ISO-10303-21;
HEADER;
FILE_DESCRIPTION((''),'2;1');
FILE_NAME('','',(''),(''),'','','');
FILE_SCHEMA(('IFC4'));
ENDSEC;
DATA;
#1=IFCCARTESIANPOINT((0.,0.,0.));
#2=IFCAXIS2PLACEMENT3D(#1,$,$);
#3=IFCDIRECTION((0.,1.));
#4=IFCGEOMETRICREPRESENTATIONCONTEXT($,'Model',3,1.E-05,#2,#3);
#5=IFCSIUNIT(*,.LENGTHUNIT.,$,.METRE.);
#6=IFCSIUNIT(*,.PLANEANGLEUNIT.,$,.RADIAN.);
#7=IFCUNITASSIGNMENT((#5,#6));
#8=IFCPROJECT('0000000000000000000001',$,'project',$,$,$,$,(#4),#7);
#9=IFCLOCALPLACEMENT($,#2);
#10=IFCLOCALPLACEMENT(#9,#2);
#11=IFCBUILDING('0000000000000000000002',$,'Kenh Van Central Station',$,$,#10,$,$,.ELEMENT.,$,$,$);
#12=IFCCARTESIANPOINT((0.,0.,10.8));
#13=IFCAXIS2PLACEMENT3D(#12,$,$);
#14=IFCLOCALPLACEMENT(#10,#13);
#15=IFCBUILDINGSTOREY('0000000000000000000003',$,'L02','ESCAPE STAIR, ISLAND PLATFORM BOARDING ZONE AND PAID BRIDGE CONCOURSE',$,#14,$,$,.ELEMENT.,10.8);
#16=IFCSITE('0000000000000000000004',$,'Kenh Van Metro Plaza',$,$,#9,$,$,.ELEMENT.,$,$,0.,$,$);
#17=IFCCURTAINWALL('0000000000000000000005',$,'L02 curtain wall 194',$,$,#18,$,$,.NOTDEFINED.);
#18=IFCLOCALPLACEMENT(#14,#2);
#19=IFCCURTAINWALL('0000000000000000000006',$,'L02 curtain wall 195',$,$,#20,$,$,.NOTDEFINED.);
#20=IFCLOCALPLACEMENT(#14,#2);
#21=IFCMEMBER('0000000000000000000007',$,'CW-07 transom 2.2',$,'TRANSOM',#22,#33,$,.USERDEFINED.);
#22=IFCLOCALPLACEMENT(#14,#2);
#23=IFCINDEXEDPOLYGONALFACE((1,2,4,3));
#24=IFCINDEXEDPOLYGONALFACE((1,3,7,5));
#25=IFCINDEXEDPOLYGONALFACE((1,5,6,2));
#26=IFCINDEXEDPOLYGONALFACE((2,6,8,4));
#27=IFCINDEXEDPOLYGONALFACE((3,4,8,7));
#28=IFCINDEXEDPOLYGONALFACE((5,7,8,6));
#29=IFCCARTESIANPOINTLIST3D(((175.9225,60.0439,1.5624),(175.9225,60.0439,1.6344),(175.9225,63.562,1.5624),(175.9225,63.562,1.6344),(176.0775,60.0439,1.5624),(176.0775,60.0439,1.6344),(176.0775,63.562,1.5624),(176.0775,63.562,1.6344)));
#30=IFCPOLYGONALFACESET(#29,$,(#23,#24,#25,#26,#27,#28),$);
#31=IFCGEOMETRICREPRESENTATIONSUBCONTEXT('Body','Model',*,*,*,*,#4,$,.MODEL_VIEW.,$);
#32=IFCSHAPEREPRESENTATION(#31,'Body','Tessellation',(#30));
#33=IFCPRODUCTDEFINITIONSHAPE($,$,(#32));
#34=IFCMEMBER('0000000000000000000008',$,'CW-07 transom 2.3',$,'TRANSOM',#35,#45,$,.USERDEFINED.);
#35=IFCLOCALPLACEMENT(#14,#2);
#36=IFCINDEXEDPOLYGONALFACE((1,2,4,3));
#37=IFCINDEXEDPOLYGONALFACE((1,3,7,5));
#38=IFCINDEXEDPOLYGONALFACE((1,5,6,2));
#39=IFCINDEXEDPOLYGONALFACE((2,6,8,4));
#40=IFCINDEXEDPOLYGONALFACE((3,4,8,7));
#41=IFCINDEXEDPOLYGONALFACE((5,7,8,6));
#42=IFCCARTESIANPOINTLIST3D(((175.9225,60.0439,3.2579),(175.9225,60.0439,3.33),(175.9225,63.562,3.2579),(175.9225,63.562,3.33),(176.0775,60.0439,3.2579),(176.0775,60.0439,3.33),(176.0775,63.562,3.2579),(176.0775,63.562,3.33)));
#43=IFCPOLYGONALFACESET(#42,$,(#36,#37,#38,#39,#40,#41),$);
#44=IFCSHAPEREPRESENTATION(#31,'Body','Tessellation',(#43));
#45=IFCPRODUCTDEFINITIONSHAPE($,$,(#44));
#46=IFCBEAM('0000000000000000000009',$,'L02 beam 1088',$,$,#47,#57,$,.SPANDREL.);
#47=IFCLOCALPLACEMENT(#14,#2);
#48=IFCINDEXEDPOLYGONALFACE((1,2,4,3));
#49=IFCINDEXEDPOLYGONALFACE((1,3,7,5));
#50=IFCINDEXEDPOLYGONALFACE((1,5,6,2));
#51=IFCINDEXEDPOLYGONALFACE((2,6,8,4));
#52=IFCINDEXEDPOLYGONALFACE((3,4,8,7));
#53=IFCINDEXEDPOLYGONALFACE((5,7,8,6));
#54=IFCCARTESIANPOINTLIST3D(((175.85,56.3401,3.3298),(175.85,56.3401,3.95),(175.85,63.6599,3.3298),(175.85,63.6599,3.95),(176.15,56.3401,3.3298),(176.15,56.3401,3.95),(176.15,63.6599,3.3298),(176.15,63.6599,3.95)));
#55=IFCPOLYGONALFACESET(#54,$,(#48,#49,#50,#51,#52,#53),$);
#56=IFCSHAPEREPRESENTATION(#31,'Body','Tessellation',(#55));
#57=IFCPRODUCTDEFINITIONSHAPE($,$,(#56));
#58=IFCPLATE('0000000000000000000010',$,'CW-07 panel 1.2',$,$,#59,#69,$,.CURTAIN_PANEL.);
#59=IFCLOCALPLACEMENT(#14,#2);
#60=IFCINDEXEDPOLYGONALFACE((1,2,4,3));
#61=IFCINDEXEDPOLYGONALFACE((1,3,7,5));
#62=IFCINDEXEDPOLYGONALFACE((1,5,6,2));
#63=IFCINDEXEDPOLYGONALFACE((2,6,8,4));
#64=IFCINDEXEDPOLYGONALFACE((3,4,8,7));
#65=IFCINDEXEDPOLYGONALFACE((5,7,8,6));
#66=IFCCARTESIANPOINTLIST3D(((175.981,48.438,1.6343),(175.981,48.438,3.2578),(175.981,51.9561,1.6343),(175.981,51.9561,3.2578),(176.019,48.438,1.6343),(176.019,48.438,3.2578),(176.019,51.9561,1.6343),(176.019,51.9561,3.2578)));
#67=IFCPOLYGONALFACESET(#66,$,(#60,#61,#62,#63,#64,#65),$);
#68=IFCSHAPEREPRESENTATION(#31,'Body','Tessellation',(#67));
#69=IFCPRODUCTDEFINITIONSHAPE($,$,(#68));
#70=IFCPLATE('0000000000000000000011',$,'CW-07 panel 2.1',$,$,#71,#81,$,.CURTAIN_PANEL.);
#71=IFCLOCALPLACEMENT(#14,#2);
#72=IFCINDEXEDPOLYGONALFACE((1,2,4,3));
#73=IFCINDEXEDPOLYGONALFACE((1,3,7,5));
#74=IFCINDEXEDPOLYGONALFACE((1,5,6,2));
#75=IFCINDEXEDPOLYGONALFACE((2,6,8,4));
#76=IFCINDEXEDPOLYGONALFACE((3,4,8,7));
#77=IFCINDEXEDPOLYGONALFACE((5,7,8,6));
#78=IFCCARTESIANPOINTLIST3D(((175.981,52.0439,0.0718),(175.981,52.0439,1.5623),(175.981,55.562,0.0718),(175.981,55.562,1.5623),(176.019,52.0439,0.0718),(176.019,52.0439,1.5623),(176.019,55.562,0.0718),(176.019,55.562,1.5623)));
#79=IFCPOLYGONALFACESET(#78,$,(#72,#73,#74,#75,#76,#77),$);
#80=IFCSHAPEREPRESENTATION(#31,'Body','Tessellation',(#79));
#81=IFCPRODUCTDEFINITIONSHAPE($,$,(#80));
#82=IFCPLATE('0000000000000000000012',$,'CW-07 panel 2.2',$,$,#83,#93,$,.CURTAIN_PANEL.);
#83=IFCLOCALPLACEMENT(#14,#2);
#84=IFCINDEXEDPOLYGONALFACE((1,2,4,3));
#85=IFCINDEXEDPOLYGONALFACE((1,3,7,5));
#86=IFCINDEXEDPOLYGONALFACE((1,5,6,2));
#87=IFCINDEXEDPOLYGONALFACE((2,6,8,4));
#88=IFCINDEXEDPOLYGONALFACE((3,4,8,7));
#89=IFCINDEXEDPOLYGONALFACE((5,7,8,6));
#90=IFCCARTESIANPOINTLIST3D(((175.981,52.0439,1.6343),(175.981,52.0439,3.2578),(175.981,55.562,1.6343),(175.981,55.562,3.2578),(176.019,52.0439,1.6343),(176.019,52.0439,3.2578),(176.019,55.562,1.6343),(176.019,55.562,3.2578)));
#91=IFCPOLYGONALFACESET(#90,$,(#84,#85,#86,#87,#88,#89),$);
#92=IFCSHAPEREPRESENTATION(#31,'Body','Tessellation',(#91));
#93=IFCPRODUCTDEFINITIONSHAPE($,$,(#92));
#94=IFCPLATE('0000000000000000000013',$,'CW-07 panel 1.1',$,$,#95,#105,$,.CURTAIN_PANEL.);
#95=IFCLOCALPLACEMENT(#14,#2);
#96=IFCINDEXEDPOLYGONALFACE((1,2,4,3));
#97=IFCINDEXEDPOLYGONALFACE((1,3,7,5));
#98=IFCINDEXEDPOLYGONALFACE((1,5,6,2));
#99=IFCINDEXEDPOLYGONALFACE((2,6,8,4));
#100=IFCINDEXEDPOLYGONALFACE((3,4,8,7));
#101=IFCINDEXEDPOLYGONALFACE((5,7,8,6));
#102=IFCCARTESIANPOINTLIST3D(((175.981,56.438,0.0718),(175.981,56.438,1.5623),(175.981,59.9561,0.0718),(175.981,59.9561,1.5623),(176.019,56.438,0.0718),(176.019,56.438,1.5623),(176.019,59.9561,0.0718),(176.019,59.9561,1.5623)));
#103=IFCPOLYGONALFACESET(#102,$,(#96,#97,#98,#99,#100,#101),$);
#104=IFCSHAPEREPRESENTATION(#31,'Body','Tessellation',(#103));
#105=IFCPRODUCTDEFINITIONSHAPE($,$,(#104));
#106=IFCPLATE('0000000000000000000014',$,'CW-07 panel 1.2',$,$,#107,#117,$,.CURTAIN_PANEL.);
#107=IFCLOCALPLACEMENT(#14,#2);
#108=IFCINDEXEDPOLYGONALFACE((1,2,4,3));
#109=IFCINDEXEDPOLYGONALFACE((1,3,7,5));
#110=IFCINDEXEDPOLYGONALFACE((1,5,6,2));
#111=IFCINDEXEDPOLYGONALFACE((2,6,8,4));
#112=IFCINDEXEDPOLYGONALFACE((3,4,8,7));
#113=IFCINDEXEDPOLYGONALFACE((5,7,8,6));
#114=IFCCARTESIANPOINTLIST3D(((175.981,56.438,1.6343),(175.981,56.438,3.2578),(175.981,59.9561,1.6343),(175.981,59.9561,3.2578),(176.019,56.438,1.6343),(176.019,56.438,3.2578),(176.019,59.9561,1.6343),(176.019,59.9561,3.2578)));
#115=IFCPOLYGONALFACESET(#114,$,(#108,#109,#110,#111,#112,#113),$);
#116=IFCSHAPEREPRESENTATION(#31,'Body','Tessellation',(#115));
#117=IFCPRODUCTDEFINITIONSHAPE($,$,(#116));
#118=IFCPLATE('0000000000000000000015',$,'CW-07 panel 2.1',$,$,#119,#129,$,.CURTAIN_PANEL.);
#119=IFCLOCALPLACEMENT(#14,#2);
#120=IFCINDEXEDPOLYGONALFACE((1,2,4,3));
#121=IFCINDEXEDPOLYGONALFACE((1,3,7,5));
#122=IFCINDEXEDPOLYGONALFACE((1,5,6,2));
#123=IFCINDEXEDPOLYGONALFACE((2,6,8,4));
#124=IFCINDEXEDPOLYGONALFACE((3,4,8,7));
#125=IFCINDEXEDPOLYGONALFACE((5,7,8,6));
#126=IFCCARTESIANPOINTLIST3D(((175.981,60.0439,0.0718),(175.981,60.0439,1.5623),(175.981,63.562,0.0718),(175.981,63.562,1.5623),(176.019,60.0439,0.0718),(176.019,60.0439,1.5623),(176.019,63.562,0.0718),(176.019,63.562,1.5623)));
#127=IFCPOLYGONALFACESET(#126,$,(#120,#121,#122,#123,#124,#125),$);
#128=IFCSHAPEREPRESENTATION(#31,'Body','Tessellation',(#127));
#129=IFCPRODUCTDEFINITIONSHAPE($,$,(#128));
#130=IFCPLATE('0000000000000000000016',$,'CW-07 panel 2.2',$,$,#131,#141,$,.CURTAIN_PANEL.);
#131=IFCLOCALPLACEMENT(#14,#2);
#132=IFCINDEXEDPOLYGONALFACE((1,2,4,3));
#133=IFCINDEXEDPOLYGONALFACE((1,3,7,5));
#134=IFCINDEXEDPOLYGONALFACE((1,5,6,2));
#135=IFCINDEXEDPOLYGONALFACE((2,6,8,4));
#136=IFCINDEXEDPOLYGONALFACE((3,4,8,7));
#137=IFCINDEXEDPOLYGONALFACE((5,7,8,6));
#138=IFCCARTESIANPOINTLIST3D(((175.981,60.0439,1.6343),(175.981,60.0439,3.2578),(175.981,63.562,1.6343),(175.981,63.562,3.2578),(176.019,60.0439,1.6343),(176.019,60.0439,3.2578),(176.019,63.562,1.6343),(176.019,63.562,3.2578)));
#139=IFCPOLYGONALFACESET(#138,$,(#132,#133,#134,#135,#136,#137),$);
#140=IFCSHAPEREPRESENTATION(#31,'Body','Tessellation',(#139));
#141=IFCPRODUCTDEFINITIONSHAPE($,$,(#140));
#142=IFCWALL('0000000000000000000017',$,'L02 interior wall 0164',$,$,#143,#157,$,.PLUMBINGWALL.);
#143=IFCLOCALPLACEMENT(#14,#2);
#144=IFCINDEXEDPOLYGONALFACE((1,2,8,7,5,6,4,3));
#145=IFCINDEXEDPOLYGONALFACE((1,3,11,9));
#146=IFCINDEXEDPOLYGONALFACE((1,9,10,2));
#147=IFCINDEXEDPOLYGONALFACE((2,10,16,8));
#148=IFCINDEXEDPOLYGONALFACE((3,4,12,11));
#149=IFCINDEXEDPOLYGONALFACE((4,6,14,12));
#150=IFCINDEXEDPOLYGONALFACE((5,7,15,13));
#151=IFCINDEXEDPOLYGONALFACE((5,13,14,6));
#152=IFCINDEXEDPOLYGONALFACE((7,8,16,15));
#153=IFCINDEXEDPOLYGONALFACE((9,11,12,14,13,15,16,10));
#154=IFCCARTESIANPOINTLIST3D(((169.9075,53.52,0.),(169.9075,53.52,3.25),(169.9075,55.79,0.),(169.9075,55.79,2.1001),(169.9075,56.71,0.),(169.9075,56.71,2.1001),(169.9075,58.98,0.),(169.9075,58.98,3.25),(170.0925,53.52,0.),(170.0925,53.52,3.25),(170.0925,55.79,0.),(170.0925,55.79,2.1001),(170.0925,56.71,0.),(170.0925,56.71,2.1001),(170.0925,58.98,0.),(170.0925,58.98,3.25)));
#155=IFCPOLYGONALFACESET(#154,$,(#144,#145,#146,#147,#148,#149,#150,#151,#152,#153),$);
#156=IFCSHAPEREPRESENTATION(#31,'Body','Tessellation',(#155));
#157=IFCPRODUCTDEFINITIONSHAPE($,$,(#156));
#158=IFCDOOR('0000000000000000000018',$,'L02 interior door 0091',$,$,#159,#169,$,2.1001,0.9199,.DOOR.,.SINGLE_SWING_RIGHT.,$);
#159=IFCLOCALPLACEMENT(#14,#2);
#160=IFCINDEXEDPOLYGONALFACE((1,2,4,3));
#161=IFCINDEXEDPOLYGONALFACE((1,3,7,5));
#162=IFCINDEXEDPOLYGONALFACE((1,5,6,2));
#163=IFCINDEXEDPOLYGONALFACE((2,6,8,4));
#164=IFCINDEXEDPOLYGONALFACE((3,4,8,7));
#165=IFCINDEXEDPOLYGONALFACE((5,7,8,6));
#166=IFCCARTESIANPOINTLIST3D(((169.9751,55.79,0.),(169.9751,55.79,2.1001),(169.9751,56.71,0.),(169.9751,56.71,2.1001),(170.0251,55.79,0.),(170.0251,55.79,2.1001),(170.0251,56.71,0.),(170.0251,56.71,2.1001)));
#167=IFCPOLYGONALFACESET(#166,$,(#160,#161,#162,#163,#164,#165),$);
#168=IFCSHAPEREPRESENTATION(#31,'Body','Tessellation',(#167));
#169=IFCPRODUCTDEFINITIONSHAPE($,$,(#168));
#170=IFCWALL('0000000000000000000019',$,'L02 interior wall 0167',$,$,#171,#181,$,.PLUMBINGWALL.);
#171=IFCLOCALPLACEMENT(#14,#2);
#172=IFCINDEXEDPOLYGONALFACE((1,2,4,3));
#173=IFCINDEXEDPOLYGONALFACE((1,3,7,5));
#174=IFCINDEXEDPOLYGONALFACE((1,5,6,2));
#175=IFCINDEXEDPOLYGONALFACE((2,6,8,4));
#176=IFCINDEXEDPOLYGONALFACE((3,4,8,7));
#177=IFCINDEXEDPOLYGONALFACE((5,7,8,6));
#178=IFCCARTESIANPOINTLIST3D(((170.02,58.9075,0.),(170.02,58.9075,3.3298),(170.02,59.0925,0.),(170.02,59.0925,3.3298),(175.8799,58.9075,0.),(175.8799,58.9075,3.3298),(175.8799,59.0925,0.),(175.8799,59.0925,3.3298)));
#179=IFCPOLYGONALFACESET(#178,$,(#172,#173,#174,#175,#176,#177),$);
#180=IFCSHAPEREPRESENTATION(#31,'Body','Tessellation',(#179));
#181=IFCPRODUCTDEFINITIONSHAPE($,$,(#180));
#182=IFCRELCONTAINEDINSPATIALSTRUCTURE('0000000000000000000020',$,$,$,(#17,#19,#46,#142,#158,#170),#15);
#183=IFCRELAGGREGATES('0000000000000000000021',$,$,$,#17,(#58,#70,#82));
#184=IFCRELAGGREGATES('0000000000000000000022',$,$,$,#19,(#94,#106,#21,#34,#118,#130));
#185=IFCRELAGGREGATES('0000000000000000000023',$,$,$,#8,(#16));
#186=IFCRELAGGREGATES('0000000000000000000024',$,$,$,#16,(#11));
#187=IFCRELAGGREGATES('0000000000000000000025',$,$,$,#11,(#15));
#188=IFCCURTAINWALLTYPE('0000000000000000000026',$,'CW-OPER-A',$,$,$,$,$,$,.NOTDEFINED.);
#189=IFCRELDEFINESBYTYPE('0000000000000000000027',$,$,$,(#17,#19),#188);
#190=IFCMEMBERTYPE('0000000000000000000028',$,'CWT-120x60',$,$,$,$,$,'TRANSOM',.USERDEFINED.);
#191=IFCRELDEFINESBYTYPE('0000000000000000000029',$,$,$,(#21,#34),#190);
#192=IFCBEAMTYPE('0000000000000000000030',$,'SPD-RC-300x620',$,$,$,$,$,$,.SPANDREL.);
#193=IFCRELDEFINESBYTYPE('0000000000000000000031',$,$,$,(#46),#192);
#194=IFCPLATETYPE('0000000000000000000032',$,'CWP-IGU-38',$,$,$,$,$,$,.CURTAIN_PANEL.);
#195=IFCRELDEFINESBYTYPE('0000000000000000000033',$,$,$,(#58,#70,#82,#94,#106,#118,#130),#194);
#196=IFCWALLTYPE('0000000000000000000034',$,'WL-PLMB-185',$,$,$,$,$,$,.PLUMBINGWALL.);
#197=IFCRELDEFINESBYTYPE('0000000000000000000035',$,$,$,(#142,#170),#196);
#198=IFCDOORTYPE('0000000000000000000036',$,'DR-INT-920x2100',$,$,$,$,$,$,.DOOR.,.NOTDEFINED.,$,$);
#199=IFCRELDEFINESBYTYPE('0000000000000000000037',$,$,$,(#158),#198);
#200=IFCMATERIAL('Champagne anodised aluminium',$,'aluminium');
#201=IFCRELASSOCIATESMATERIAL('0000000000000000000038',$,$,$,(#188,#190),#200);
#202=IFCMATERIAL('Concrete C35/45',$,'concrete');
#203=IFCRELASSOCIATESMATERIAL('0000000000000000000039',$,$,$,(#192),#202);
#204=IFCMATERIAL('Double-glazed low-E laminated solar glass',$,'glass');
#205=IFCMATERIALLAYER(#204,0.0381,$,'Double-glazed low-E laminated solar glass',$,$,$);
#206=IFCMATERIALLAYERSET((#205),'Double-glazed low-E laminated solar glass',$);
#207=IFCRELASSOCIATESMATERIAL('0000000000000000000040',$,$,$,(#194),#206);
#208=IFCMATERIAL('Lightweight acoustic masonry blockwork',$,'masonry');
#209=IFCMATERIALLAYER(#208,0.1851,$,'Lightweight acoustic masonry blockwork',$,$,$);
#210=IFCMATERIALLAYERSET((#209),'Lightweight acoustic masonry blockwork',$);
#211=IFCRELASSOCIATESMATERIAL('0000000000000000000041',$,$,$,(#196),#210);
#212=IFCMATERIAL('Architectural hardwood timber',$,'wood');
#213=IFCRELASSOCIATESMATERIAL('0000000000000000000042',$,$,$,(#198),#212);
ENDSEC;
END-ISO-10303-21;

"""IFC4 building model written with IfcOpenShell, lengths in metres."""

from ifc_helpers import new_model, si_unit, direction, frame, frame_2d, origin, origin_2d, place, context, subcontext, project, spatial, rectangle, extrude, material, layer, layer_set, material_profile, profile_set, type_object, element, fill, aggregate, save


model = new_model("IFC4")

# Units and contexts
model_context = context("Model", 3, precision=1e-05, world=origin(), true_north=direction((0.0, 1.0)))
body_context = subcontext(model_context, "Body", "Model", "MODEL_VIEW")
ifc_project = project(units=[si_unit("LENGTHUNIT", "METRE"), si_unit("PLANEANGLEUNIT", "RADIAN")], contexts=[model_context])

# Site, building, storey
site_placement = place(None, origin())
site = spatial("IfcSite", under=ifc_project, at=site_placement, Name="Kenh Van Metro Plaza", CompositionType="ELEMENT", RefElevation=0.0)
building_placement = place(site_placement, origin())
building = spatial("IfcBuilding", under=site, at=building_placement, Name="Kenh Van Central Station", CompositionType="ELEMENT")
storey_placement = place(building_placement, frame((0.0, 0.0, 10.8)))
storey = spatial("IfcBuildingStorey", under=building, at=storey_placement, Name="L02", Description="ESCAPE STAIR, ISLAND PLATFORM BOARDING ZONE AND PAID BRIDGE CONCOURSE", CompositionType="ELEMENT", Elevation=10.8)

# Shared definitions
ifc_material_1 = material(Name="Concrete C35/45", Category="concrete")

# Curtain walls
ifc_material_2 = material(Name="Champagne anodised aluminium", Category="aluminium")
curtain_wall_type = type_object("IfcCurtainWallType", Name="CW-OPER-A", PredefinedType="NOTDEFINED", material=ifc_material_2)
curtain_wall_1_placement = place(storey_placement, origin())
curtain_wall_1 = element("IfcCurtainWall", 1, at=curtain_wall_1_placement, inside=storey, type_object=curtain_wall_type, Name="L02 curtain wall 194", PredefinedType="NOTDEFINED")
curtain_wall_2_placement = place(storey_placement, origin())
curtain_wall_2 = element("IfcCurtainWall", 2, at=curtain_wall_2_placement, inside=storey, type_object=curtain_wall_type, Name="L02 curtain wall 195", PredefinedType="NOTDEFINED")

# Members
ifc_material_profile_1 = material_profile(ifc_material_2, rectangle(XDim=0.155, YDim=0.072, at=origin_2d()), Name="AL 155x72")
ifc_profile_set_1 = profile_set([ifc_material_profile_1], Name="Champagne anodised aluminium")
member_type_1 = type_object("IfcMemberType", Name="CWT-120x60", ElementType="TRANSOM", PredefinedType="USERDEFINED", material=ifc_profile_set_1)
member_1_placement = place(storey_placement, frame((176.0, 60.0439, 1.5984), z_axis=(0.0, 1.0, 0.0), x_axis=(-1.0, 0.0, 0.0)))
member_1 = element("IfcMember", 3, at=member_1_placement, type_object=member_type_1, Name="CW-07 transom 2.2", ObjectType="TRANSOM", PredefinedType="USERDEFINED", context=body_context, shape_type="SweptSolid", body=[
    extrude(rectangle(XDim=0.155, YDim=0.072, at=origin_2d()), origin(), (0.0, 0.0, 1.0), 3.5181),
])
member_2_placement = place(storey_placement, frame((176.0, 60.0439, 3.2939), z_axis=(0.0, 1.0, 0.0), x_axis=(-1.0, 0.0, 0.0)))
member_2 = element("IfcMember", 4, at=member_2_placement, type_object=member_type_1, Name="CW-07 transom 2.3", ObjectType="TRANSOM", PredefinedType="USERDEFINED", context=body_context, shape_type="SweptSolid", body=[
    extrude(rectangle(XDim=0.155, YDim=0.072, at=origin_2d()), origin(), (0.0, 0.0, 1.0), 3.5181),
])

# Beam
ifc_material_profile_2 = material_profile(ifc_material_1, rectangle(XDim=0.3, YDim=0.6201, at=origin_2d()), Name="RC 300x620")
ifc_profile_set_2 = profile_set([ifc_material_profile_2], Name="Concrete C35/45")
beam_type_1 = type_object("IfcBeamType", Name="SPD-RC-300x620", PredefinedType="SPANDREL", material=ifc_profile_set_2)
beam_1_placement = place(storey_placement, frame((176.0, 56.3401, 3.6399), z_axis=(0.0, 1.0, 0.0), x_axis=(-1.0, 0.0, 0.0)))
element("IfcBeam", 5, at=beam_1_placement, inside=storey, type_object=beam_type_1, Name="L02 beam 1088", PredefinedType="SPANDREL", context=body_context, shape_type="SweptSolid", body=[
    extrude(rectangle(XDim=0.3, YDim=0.6201, at=origin_2d()), origin(), (0.0, 0.0, 1.0), 7.3198),
])

# Plates
ifc_material_3 = material(Name="Double-glazed low-E laminated solar glass", Category="glass")
ifc_layer_1 = layer(ifc_material_3, 0.0381, Name="Double-glazed low-E laminated solar glass")
ifc_layer_set_1 = layer_set([ifc_layer_1], Name="Double-glazed low-E laminated solar glass")
plate_type = type_object("IfcPlateType", Name="CWP-IGU-38", PredefinedType="CURTAIN_PANEL", material=ifc_layer_set_1)
plate_1_placement = place(storey_placement, frame((176.0, 50.197, 1.6343), z_axis=(0.0, 0.0, 1.0), x_axis=(0.0, 1.0, 0.0)))
plate_1 = element("IfcPlate", 6, at=plate_1_placement, type_object=plate_type, Name="CW-07 panel 1.2", PredefinedType="CURTAIN_PANEL", context=body_context, shape_type="SweptSolid", body=[
    extrude(rectangle(XDim=3.5181, YDim=0.0381, at=origin_2d()), origin(), (0.0, 0.0, 1.0), 1.6235),
])
plate_2_placement = place(storey_placement, frame((176.0, 53.803, 0.0718), z_axis=(0.0, 0.0, 1.0), x_axis=(0.0, 1.0, 0.0)))
plate_2 = element("IfcPlate", 7, at=plate_2_placement, type_object=plate_type, Name="CW-07 panel 2.1", PredefinedType="CURTAIN_PANEL", context=body_context, shape_type="SweptSolid", body=[
    extrude(rectangle(XDim=3.5181, YDim=0.0381, at=origin_2d()), origin(), (0.0, 0.0, 1.0), 1.4905),
])
plate_3_placement = place(storey_placement, frame((176.0, 53.803, 1.6343), z_axis=(0.0, 0.0, 1.0), x_axis=(0.0, 1.0, 0.0)))
plate_3 = element("IfcPlate", 8, at=plate_3_placement, type_object=plate_type, Name="CW-07 panel 2.2", PredefinedType="CURTAIN_PANEL", context=body_context, shape_type="SweptSolid", body=[
    extrude(rectangle(XDim=3.5181, YDim=0.0381, at=origin_2d()), origin(), (0.0, 0.0, 1.0), 1.6235),
])
aggregate(curtain_wall_1, [plate_1, plate_2, plate_3])
plate_4_placement = place(storey_placement, frame((176.0, 58.197, 0.0718), z_axis=(0.0, 0.0, 1.0), x_axis=(0.0, 1.0, 0.0)))
plate_4 = element("IfcPlate", 9, at=plate_4_placement, type_object=plate_type, Name="CW-07 panel 1.1", PredefinedType="CURTAIN_PANEL", context=body_context, shape_type="SweptSolid", body=[
    extrude(rectangle(XDim=3.5181, YDim=0.0381, at=origin_2d()), origin(), (0.0, 0.0, 1.0), 1.4905),
])
plate_5_placement = place(storey_placement, frame((176.0, 58.197, 1.6343), z_axis=(0.0, 0.0, 1.0), x_axis=(0.0, 1.0, 0.0)))
plate_5 = element("IfcPlate", 10, at=plate_5_placement, type_object=plate_type, Name="CW-07 panel 1.2", PredefinedType="CURTAIN_PANEL", context=body_context, shape_type="SweptSolid", body=[
    extrude(rectangle(XDim=3.5181, YDim=0.0381, at=origin_2d()), origin(), (0.0, 0.0, 1.0), 1.6235),
])
plate_6_placement = place(storey_placement, frame((176.0, 61.803, 0.0718), z_axis=(0.0, 0.0, 1.0), x_axis=(0.0, 1.0, 0.0)))
plate_6 = element("IfcPlate", 11, at=plate_6_placement, type_object=plate_type, Name="CW-07 panel 2.1", PredefinedType="CURTAIN_PANEL", context=body_context, shape_type="SweptSolid", body=[
    extrude(rectangle(XDim=3.5181, YDim=0.0381, at=origin_2d()), origin(), (0.0, 0.0, 1.0), 1.4905),
])
plate_7_placement = place(storey_placement, frame((176.0, 61.803, 1.6343), z_axis=(0.0, 0.0, 1.0), x_axis=(0.0, 1.0, 0.0)))
plate_7 = element("IfcPlate", 12, at=plate_7_placement, type_object=plate_type, Name="CW-07 panel 2.2", PredefinedType="CURTAIN_PANEL", context=body_context, shape_type="SweptSolid", body=[
    extrude(rectangle(XDim=3.5181, YDim=0.0381, at=origin_2d()), origin(), (0.0, 0.0, 1.0), 1.6235),
])
aggregate(curtain_wall_2, [plate_4, plate_5, member_1, member_2, plate_6, plate_7])

# Wall, opening, door
ifc_material_4 = material(Name="Lightweight acoustic masonry blockwork", Category="masonry")
ifc_layer_2 = layer(ifc_material_4, 0.1851, Name="Lightweight acoustic masonry blockwork")
ifc_layer_set_2 = layer_set([ifc_layer_2], Name="Lightweight acoustic masonry blockwork")
wall_type_1 = type_object("IfcWallType", Name="WL-PLMB-185", PredefinedType="PLUMBINGWALL", material=ifc_layer_set_2)
wall_1_placement = place(storey_placement, frame((170.0, 53.52, 0.0), z_axis=(0.0, 0.0, 1.0), x_axis=(0.0, 1.0, 0.0)))
wall_1 = element("IfcWall", 13, at=wall_1_placement, inside=storey, type_object=wall_type_1, Name="L02 interior wall 0164", PredefinedType="PLUMBINGWALL", context=body_context, shape_type="SweptSolid", body=[
    extrude(rectangle(XDim=5.46, YDim=0.1851, at=frame_2d((2.73, 0.0))), origin(), (0.0, 0.0, 1.0), 3.25),
])
opening_1_placement = place(wall_1_placement, frame((2.27, 0.0, 0.0)))
opening_1 = element("IfcOpeningElement", 14, at=opening_1_placement, cuts=wall_1, PredefinedType="OPENING", context=body_context, shape_type="SweptSolid", body=[
    extrude(rectangle(XDim=0.9199, YDim=2.1001, at=frame_2d((0.46, 1.05))), frame((0.0, 0.1025, 0.0), z_axis=(0.0, -1.0, 0.0), x_axis=(1.0, 0.0, 0.0)), (0.0, 0.0, 1.0), 0.2051),
])
ifc_material_5 = material(Name="Architectural hardwood timber", Category="wood")
door_type_1 = type_object("IfcDoorType", Name="DR-INT-920x2100", OperationType="NOTDEFINED", PredefinedType="DOOR", material=ifc_material_5)
door_1_placement = place(opening_1_placement, origin())
door_1 = element("IfcDoor", 15, at=door_1_placement, inside=storey, type_object=door_type_1, Name="L02 interior door 0091", OperationType="SINGLE_SWING_RIGHT", OverallHeight=2.1001, OverallWidth=0.9199, PredefinedType="DOOR", context=body_context, shape_type="SweptSolid", body=[
    extrude(rectangle(XDim=0.9199, YDim=2.1001, at=frame_2d((0.46, 1.05))), frame((0.0, 0.0249, 0.0), z_axis=(0.0, -1.0, 0.0), x_axis=(1.0, 0.0, 0.0)), (0.0, 0.0, 1.0), 0.05),
])
fill(opening_1, door_1)

# Wall
wall_2_placement = place(storey_placement, frame((170.02, 59.0, 0.0), z_axis=(0.0, 0.0, 1.0), x_axis=(1.0, 0.0, 0.0)))
element("IfcWall", 16, at=wall_2_placement, inside=storey, type_object=wall_type_1, Name="L02 interior wall 0167", PredefinedType="PLUMBINGWALL", context=body_context, shape_type="SweptSolid", body=[
    extrude(rectangle(XDim=5.8599, YDim=0.1851, at=frame_2d((2.9299, 0.0))), origin(), (0.0, 0.0, 1.0), 3.3298),
])

save(model, "model.ifc")
